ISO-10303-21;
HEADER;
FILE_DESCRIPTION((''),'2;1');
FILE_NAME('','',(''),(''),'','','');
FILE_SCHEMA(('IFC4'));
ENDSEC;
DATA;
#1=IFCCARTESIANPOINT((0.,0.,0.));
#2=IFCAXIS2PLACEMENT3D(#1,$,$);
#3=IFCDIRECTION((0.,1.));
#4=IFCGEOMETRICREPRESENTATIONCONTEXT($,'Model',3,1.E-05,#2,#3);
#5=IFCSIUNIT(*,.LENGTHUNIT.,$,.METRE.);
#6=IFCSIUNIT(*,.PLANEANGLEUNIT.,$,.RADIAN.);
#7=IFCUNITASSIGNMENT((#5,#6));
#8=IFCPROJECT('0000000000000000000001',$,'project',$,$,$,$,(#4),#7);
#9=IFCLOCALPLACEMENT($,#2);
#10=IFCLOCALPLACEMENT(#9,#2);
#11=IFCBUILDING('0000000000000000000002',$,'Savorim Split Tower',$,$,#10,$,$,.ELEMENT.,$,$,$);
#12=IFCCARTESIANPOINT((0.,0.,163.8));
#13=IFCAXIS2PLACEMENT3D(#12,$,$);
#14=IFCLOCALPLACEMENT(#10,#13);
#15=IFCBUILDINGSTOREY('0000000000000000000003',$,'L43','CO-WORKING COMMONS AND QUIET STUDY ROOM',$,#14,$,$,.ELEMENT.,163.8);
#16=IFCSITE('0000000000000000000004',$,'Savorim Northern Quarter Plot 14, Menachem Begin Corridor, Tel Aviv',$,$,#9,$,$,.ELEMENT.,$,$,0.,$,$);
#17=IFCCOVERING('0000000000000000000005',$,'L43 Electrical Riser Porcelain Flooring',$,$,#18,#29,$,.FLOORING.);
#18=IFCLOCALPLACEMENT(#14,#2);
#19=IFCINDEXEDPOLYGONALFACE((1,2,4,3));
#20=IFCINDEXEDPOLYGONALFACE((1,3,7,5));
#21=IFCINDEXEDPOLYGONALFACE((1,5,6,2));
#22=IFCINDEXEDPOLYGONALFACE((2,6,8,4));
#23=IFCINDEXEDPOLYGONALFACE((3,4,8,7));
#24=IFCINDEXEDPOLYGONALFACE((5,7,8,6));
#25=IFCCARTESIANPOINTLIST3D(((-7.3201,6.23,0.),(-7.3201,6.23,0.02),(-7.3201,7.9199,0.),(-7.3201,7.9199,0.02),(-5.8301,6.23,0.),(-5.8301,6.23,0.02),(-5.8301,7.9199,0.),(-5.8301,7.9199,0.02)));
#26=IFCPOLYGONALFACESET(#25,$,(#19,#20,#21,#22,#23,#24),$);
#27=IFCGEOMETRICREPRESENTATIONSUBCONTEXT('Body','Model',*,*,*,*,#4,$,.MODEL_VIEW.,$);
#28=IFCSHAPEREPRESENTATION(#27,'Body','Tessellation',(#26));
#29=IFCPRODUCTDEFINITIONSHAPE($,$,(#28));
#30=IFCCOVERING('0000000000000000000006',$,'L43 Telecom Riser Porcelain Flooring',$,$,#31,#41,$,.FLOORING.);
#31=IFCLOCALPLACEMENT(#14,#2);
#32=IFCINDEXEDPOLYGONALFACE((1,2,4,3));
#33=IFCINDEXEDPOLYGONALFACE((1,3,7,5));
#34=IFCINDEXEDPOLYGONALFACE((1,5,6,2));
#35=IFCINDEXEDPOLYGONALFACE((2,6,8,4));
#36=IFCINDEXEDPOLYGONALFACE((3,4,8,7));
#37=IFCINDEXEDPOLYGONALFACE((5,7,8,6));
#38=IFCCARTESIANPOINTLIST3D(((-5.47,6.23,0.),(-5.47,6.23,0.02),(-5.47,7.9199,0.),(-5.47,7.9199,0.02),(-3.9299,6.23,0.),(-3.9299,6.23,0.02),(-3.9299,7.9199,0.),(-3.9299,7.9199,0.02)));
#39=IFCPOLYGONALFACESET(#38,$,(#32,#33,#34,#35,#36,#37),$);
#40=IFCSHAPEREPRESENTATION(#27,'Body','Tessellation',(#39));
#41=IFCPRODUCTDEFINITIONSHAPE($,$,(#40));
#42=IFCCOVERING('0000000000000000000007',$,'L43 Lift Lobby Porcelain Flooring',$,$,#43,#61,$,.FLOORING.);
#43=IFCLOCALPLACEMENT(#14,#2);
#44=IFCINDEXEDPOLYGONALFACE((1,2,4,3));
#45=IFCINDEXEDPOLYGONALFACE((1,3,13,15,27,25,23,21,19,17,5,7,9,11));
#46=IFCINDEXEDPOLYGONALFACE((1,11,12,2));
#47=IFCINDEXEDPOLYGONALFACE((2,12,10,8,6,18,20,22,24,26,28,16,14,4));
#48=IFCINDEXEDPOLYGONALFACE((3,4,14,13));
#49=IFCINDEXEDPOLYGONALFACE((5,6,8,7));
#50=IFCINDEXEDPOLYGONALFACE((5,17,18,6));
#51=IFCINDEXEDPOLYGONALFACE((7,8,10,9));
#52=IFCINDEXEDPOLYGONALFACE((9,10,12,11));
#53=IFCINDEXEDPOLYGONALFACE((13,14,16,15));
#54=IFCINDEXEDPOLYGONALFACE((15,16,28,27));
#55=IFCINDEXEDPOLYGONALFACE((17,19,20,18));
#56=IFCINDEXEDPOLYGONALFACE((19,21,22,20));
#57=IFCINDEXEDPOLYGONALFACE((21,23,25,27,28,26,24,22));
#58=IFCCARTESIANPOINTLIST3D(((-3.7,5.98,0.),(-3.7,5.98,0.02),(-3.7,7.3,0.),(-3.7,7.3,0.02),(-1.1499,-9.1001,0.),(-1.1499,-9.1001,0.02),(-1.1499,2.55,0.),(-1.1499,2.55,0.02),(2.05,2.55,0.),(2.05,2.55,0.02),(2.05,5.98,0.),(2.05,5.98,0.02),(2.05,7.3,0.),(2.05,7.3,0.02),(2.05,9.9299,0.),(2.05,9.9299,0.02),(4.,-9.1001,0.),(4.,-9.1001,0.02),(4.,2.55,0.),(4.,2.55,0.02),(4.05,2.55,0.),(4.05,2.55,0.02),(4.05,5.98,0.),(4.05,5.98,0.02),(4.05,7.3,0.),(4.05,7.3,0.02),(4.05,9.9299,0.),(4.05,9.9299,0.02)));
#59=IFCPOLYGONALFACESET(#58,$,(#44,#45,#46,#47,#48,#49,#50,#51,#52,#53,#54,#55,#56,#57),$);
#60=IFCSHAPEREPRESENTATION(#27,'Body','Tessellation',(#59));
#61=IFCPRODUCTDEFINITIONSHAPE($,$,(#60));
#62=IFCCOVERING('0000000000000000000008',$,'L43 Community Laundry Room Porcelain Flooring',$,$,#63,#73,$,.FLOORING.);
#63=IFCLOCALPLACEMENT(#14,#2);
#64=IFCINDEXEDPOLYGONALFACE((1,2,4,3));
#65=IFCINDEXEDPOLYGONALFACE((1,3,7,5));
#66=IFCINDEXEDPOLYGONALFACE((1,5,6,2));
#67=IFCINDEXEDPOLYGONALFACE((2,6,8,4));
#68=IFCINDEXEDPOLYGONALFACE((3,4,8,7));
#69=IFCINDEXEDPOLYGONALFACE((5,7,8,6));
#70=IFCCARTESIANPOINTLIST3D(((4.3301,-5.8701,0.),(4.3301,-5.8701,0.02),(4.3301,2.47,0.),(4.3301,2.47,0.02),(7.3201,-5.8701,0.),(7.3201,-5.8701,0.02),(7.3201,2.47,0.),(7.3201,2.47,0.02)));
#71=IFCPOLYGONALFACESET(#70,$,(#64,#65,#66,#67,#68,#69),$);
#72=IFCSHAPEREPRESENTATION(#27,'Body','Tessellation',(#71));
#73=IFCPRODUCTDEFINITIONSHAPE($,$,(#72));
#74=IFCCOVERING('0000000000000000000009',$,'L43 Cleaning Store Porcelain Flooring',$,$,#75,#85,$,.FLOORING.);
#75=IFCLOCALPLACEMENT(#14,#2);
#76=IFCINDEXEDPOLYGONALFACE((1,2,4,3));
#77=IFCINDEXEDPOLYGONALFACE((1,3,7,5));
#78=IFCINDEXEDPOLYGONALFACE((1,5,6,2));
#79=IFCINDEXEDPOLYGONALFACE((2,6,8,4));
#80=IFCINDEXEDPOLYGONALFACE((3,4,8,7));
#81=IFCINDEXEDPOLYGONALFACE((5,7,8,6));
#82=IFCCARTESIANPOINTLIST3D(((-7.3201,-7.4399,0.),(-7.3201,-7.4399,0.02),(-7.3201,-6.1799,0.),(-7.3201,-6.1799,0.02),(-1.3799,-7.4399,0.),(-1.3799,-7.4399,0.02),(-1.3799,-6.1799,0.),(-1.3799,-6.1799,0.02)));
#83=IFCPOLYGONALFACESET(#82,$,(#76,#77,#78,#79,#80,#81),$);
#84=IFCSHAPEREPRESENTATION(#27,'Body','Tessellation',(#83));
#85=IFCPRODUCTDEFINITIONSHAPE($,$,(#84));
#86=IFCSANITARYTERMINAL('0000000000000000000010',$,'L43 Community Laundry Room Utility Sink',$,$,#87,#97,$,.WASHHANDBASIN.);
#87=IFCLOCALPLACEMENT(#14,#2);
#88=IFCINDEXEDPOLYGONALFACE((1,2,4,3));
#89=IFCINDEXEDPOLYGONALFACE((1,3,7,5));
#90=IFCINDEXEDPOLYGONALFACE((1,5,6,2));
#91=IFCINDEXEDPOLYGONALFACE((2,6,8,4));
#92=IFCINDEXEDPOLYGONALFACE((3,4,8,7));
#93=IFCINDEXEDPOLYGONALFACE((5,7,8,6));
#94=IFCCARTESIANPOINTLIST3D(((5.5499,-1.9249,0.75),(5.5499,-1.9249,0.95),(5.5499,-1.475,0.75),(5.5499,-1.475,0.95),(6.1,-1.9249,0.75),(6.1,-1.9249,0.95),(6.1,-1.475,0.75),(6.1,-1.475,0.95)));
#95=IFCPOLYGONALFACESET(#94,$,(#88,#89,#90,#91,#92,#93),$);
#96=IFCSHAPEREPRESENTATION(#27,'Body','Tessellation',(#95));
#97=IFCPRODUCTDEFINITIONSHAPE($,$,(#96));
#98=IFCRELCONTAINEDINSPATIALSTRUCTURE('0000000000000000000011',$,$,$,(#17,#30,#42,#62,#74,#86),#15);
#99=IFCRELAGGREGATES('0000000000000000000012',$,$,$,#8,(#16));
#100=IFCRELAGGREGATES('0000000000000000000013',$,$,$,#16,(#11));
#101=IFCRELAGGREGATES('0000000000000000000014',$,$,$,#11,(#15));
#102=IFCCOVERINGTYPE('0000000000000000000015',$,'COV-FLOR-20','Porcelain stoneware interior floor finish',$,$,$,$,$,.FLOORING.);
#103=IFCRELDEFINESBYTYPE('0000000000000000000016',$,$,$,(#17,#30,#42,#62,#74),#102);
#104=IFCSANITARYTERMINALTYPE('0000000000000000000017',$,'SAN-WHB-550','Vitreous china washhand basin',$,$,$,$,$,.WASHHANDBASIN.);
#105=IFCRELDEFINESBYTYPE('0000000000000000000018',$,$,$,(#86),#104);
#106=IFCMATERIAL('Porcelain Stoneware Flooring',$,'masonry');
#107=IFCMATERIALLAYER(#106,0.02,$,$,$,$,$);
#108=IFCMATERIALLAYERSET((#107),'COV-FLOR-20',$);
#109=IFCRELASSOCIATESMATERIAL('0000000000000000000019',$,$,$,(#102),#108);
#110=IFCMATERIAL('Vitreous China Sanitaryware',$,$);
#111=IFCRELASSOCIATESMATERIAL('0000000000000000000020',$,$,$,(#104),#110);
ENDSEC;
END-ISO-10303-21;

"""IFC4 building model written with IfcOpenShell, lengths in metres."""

from ifc_helpers import new_model, si_unit, direction, frame, origin, origin_2d, place, context, subcontext, project, spatial, polyline, rectangle, outline, extrude, material, layer, layer_set, type_object, element, save


model = new_model("IFC4")

# Units and contexts
model_context = context("Model", 3, precision=1e-05, world=origin(), true_north=direction((0.0, 1.0)))
body_context = subcontext(model_context, "Body", "Model", "MODEL_VIEW")
ifc_project = project(units=[si_unit("LENGTHUNIT", "METRE"), si_unit("PLANEANGLEUNIT", "RADIAN")], contexts=[model_context])

# Site, building, storey
site_placement = place(None, origin())
site = spatial("IfcSite", under=ifc_project, at=site_placement, Name="Savorim Northern Quarter Plot 14, Menachem Begin Corridor, Tel Aviv", CompositionType="ELEMENT", RefElevation=0.0)
building_placement = place(site_placement, origin())
building = spatial("IfcBuilding", under=site, at=building_placement, Name="Savorim Split Tower", CompositionType="ELEMENT")
storey_placement = place(building_placement, frame((0.0, 0.0, 163.8)))
storey = spatial("IfcBuildingStorey", under=building, at=storey_placement, Name="L43", Description="CO-WORKING COMMONS AND QUIET STUDY ROOM", CompositionType="ELEMENT", Elevation=163.8)

# Coverings
ifc_material_1 = material(Name="Porcelain Stoneware Flooring", Category="masonry")
ifc_layer_1 = layer(ifc_material_1, 0.02)
ifc_layer_set_1 = layer_set([ifc_layer_1], Name="COV-FLOR-20")
covering_type_1 = type_object("IfcCoveringType", Name="COV-FLOR-20", Description="Porcelain stoneware interior floor finish", PredefinedType="FLOORING", material=ifc_layer_set_1)
covering_1_placement = place(storey_placement, origin())
element("IfcCovering", 1, at=covering_1_placement, inside=storey, type_object=covering_type_1, Name="L43 Electrical Riser Porcelain Flooring", PredefinedType="FLOORING", context=body_context, shape_type="SweptSolid", body=[
    extrude(outline(polyline([(-7.3201, 7.9199), (-7.3201, 6.23), (-5.8301, 6.23), (-5.8301, 7.9199), (-7.3201, 7.9199)])), origin(), (0.0, 0.0, 1.0), 0.02),
])
covering_2_placement = place(storey_placement, origin())
element("IfcCovering", 2, at=covering_2_placement, inside=storey, type_object=covering_type_1, Name="L43 Telecom Riser Porcelain Flooring", PredefinedType="FLOORING", context=body_context, shape_type="SweptSolid", body=[
    extrude(outline(polyline([(-5.47, 7.9199), (-5.47, 6.23), (-3.9299, 6.23), (-3.9299, 7.9199), (-5.47, 7.9199)])), origin(), (0.0, 0.0, 1.0), 0.02),
])
covering_3_placement = place(storey_placement, origin())
element("IfcCovering", 3, at=covering_3_placement, inside=storey, type_object=covering_type_1, Name="L43 Lift Lobby Porcelain Flooring", PredefinedType="FLOORING", context=body_context, shape_type="SweptSolid", body=[
    extrude(outline(polyline([(2.05, 2.55), (-1.1499, 2.55), (-1.1499, -9.1001), (4.0, -9.1001), (4.0, 2.55), (4.05, 2.55), (4.05, 5.98), (4.05, 7.3), (4.05, 9.9299), (2.05, 9.9299), (2.05, 7.3), (-3.7, 7.3), (-3.7, 5.98), (2.05, 5.98), (2.05, 2.55)])), origin(), (0.0, 0.0, 1.0), 0.02),
])
covering_4_placement = place(storey_placement, origin())
element("IfcCovering", 4, at=covering_4_placement, inside=storey, type_object=covering_type_1, Name="L43 Community Laundry Room Porcelain Flooring", PredefinedType="FLOORING", context=body_context, shape_type="SweptSolid", body=[
    extrude(outline(polyline([(4.3301, 2.47), (4.3301, -5.8701), (7.3201, -5.8701), (7.3201, 2.47), (4.3301, 2.47)])), origin(), (0.0, 0.0, 1.0), 0.02),
])
covering_5_placement = place(storey_placement, origin())
element("IfcCovering", 5, at=covering_5_placement, inside=storey, type_object=covering_type_1, Name="L43 Cleaning Store Porcelain Flooring", PredefinedType="FLOORING", context=body_context, shape_type="SweptSolid", body=[
    extrude(outline(polyline([(-7.3201, -6.1799), (-7.3201, -7.4399), (-1.3799, -7.4399), (-1.3799, -6.1799), (-7.3201, -6.1799)])), origin(), (0.0, 0.0, 1.0), 0.02),
])

# Sanitary terminal
ifc_material_2 = material(Name="Vitreous China Sanitaryware")
sanitary_terminal_type = type_object("IfcSanitaryTerminalType", Name="SAN-WHB-550", Description="Vitreous china washhand basin", PredefinedType="WASHHANDBASIN", material=ifc_material_2)
sanitary_terminal_placement = place(storey_placement, frame((5.825, -1.7, 0.75), z_axis=(0.0, 0.0, 1.0), x_axis=(1.0, 0.0, 0.0)))
element("IfcSanitaryTerminal", 6, at=sanitary_terminal_placement, inside=storey, type_object=sanitary_terminal_type, Name="L43 Community Laundry Room Utility Sink", PredefinedType="WASHHANDBASIN", context=body_context, shape_type="SweptSolid", body=[
    extrude(rectangle(XDim=0.55, YDim=0.45, at=origin_2d()), origin(), (0.0, 0.0, 1.0), 0.2),
])

save(model, "model.ifc")
